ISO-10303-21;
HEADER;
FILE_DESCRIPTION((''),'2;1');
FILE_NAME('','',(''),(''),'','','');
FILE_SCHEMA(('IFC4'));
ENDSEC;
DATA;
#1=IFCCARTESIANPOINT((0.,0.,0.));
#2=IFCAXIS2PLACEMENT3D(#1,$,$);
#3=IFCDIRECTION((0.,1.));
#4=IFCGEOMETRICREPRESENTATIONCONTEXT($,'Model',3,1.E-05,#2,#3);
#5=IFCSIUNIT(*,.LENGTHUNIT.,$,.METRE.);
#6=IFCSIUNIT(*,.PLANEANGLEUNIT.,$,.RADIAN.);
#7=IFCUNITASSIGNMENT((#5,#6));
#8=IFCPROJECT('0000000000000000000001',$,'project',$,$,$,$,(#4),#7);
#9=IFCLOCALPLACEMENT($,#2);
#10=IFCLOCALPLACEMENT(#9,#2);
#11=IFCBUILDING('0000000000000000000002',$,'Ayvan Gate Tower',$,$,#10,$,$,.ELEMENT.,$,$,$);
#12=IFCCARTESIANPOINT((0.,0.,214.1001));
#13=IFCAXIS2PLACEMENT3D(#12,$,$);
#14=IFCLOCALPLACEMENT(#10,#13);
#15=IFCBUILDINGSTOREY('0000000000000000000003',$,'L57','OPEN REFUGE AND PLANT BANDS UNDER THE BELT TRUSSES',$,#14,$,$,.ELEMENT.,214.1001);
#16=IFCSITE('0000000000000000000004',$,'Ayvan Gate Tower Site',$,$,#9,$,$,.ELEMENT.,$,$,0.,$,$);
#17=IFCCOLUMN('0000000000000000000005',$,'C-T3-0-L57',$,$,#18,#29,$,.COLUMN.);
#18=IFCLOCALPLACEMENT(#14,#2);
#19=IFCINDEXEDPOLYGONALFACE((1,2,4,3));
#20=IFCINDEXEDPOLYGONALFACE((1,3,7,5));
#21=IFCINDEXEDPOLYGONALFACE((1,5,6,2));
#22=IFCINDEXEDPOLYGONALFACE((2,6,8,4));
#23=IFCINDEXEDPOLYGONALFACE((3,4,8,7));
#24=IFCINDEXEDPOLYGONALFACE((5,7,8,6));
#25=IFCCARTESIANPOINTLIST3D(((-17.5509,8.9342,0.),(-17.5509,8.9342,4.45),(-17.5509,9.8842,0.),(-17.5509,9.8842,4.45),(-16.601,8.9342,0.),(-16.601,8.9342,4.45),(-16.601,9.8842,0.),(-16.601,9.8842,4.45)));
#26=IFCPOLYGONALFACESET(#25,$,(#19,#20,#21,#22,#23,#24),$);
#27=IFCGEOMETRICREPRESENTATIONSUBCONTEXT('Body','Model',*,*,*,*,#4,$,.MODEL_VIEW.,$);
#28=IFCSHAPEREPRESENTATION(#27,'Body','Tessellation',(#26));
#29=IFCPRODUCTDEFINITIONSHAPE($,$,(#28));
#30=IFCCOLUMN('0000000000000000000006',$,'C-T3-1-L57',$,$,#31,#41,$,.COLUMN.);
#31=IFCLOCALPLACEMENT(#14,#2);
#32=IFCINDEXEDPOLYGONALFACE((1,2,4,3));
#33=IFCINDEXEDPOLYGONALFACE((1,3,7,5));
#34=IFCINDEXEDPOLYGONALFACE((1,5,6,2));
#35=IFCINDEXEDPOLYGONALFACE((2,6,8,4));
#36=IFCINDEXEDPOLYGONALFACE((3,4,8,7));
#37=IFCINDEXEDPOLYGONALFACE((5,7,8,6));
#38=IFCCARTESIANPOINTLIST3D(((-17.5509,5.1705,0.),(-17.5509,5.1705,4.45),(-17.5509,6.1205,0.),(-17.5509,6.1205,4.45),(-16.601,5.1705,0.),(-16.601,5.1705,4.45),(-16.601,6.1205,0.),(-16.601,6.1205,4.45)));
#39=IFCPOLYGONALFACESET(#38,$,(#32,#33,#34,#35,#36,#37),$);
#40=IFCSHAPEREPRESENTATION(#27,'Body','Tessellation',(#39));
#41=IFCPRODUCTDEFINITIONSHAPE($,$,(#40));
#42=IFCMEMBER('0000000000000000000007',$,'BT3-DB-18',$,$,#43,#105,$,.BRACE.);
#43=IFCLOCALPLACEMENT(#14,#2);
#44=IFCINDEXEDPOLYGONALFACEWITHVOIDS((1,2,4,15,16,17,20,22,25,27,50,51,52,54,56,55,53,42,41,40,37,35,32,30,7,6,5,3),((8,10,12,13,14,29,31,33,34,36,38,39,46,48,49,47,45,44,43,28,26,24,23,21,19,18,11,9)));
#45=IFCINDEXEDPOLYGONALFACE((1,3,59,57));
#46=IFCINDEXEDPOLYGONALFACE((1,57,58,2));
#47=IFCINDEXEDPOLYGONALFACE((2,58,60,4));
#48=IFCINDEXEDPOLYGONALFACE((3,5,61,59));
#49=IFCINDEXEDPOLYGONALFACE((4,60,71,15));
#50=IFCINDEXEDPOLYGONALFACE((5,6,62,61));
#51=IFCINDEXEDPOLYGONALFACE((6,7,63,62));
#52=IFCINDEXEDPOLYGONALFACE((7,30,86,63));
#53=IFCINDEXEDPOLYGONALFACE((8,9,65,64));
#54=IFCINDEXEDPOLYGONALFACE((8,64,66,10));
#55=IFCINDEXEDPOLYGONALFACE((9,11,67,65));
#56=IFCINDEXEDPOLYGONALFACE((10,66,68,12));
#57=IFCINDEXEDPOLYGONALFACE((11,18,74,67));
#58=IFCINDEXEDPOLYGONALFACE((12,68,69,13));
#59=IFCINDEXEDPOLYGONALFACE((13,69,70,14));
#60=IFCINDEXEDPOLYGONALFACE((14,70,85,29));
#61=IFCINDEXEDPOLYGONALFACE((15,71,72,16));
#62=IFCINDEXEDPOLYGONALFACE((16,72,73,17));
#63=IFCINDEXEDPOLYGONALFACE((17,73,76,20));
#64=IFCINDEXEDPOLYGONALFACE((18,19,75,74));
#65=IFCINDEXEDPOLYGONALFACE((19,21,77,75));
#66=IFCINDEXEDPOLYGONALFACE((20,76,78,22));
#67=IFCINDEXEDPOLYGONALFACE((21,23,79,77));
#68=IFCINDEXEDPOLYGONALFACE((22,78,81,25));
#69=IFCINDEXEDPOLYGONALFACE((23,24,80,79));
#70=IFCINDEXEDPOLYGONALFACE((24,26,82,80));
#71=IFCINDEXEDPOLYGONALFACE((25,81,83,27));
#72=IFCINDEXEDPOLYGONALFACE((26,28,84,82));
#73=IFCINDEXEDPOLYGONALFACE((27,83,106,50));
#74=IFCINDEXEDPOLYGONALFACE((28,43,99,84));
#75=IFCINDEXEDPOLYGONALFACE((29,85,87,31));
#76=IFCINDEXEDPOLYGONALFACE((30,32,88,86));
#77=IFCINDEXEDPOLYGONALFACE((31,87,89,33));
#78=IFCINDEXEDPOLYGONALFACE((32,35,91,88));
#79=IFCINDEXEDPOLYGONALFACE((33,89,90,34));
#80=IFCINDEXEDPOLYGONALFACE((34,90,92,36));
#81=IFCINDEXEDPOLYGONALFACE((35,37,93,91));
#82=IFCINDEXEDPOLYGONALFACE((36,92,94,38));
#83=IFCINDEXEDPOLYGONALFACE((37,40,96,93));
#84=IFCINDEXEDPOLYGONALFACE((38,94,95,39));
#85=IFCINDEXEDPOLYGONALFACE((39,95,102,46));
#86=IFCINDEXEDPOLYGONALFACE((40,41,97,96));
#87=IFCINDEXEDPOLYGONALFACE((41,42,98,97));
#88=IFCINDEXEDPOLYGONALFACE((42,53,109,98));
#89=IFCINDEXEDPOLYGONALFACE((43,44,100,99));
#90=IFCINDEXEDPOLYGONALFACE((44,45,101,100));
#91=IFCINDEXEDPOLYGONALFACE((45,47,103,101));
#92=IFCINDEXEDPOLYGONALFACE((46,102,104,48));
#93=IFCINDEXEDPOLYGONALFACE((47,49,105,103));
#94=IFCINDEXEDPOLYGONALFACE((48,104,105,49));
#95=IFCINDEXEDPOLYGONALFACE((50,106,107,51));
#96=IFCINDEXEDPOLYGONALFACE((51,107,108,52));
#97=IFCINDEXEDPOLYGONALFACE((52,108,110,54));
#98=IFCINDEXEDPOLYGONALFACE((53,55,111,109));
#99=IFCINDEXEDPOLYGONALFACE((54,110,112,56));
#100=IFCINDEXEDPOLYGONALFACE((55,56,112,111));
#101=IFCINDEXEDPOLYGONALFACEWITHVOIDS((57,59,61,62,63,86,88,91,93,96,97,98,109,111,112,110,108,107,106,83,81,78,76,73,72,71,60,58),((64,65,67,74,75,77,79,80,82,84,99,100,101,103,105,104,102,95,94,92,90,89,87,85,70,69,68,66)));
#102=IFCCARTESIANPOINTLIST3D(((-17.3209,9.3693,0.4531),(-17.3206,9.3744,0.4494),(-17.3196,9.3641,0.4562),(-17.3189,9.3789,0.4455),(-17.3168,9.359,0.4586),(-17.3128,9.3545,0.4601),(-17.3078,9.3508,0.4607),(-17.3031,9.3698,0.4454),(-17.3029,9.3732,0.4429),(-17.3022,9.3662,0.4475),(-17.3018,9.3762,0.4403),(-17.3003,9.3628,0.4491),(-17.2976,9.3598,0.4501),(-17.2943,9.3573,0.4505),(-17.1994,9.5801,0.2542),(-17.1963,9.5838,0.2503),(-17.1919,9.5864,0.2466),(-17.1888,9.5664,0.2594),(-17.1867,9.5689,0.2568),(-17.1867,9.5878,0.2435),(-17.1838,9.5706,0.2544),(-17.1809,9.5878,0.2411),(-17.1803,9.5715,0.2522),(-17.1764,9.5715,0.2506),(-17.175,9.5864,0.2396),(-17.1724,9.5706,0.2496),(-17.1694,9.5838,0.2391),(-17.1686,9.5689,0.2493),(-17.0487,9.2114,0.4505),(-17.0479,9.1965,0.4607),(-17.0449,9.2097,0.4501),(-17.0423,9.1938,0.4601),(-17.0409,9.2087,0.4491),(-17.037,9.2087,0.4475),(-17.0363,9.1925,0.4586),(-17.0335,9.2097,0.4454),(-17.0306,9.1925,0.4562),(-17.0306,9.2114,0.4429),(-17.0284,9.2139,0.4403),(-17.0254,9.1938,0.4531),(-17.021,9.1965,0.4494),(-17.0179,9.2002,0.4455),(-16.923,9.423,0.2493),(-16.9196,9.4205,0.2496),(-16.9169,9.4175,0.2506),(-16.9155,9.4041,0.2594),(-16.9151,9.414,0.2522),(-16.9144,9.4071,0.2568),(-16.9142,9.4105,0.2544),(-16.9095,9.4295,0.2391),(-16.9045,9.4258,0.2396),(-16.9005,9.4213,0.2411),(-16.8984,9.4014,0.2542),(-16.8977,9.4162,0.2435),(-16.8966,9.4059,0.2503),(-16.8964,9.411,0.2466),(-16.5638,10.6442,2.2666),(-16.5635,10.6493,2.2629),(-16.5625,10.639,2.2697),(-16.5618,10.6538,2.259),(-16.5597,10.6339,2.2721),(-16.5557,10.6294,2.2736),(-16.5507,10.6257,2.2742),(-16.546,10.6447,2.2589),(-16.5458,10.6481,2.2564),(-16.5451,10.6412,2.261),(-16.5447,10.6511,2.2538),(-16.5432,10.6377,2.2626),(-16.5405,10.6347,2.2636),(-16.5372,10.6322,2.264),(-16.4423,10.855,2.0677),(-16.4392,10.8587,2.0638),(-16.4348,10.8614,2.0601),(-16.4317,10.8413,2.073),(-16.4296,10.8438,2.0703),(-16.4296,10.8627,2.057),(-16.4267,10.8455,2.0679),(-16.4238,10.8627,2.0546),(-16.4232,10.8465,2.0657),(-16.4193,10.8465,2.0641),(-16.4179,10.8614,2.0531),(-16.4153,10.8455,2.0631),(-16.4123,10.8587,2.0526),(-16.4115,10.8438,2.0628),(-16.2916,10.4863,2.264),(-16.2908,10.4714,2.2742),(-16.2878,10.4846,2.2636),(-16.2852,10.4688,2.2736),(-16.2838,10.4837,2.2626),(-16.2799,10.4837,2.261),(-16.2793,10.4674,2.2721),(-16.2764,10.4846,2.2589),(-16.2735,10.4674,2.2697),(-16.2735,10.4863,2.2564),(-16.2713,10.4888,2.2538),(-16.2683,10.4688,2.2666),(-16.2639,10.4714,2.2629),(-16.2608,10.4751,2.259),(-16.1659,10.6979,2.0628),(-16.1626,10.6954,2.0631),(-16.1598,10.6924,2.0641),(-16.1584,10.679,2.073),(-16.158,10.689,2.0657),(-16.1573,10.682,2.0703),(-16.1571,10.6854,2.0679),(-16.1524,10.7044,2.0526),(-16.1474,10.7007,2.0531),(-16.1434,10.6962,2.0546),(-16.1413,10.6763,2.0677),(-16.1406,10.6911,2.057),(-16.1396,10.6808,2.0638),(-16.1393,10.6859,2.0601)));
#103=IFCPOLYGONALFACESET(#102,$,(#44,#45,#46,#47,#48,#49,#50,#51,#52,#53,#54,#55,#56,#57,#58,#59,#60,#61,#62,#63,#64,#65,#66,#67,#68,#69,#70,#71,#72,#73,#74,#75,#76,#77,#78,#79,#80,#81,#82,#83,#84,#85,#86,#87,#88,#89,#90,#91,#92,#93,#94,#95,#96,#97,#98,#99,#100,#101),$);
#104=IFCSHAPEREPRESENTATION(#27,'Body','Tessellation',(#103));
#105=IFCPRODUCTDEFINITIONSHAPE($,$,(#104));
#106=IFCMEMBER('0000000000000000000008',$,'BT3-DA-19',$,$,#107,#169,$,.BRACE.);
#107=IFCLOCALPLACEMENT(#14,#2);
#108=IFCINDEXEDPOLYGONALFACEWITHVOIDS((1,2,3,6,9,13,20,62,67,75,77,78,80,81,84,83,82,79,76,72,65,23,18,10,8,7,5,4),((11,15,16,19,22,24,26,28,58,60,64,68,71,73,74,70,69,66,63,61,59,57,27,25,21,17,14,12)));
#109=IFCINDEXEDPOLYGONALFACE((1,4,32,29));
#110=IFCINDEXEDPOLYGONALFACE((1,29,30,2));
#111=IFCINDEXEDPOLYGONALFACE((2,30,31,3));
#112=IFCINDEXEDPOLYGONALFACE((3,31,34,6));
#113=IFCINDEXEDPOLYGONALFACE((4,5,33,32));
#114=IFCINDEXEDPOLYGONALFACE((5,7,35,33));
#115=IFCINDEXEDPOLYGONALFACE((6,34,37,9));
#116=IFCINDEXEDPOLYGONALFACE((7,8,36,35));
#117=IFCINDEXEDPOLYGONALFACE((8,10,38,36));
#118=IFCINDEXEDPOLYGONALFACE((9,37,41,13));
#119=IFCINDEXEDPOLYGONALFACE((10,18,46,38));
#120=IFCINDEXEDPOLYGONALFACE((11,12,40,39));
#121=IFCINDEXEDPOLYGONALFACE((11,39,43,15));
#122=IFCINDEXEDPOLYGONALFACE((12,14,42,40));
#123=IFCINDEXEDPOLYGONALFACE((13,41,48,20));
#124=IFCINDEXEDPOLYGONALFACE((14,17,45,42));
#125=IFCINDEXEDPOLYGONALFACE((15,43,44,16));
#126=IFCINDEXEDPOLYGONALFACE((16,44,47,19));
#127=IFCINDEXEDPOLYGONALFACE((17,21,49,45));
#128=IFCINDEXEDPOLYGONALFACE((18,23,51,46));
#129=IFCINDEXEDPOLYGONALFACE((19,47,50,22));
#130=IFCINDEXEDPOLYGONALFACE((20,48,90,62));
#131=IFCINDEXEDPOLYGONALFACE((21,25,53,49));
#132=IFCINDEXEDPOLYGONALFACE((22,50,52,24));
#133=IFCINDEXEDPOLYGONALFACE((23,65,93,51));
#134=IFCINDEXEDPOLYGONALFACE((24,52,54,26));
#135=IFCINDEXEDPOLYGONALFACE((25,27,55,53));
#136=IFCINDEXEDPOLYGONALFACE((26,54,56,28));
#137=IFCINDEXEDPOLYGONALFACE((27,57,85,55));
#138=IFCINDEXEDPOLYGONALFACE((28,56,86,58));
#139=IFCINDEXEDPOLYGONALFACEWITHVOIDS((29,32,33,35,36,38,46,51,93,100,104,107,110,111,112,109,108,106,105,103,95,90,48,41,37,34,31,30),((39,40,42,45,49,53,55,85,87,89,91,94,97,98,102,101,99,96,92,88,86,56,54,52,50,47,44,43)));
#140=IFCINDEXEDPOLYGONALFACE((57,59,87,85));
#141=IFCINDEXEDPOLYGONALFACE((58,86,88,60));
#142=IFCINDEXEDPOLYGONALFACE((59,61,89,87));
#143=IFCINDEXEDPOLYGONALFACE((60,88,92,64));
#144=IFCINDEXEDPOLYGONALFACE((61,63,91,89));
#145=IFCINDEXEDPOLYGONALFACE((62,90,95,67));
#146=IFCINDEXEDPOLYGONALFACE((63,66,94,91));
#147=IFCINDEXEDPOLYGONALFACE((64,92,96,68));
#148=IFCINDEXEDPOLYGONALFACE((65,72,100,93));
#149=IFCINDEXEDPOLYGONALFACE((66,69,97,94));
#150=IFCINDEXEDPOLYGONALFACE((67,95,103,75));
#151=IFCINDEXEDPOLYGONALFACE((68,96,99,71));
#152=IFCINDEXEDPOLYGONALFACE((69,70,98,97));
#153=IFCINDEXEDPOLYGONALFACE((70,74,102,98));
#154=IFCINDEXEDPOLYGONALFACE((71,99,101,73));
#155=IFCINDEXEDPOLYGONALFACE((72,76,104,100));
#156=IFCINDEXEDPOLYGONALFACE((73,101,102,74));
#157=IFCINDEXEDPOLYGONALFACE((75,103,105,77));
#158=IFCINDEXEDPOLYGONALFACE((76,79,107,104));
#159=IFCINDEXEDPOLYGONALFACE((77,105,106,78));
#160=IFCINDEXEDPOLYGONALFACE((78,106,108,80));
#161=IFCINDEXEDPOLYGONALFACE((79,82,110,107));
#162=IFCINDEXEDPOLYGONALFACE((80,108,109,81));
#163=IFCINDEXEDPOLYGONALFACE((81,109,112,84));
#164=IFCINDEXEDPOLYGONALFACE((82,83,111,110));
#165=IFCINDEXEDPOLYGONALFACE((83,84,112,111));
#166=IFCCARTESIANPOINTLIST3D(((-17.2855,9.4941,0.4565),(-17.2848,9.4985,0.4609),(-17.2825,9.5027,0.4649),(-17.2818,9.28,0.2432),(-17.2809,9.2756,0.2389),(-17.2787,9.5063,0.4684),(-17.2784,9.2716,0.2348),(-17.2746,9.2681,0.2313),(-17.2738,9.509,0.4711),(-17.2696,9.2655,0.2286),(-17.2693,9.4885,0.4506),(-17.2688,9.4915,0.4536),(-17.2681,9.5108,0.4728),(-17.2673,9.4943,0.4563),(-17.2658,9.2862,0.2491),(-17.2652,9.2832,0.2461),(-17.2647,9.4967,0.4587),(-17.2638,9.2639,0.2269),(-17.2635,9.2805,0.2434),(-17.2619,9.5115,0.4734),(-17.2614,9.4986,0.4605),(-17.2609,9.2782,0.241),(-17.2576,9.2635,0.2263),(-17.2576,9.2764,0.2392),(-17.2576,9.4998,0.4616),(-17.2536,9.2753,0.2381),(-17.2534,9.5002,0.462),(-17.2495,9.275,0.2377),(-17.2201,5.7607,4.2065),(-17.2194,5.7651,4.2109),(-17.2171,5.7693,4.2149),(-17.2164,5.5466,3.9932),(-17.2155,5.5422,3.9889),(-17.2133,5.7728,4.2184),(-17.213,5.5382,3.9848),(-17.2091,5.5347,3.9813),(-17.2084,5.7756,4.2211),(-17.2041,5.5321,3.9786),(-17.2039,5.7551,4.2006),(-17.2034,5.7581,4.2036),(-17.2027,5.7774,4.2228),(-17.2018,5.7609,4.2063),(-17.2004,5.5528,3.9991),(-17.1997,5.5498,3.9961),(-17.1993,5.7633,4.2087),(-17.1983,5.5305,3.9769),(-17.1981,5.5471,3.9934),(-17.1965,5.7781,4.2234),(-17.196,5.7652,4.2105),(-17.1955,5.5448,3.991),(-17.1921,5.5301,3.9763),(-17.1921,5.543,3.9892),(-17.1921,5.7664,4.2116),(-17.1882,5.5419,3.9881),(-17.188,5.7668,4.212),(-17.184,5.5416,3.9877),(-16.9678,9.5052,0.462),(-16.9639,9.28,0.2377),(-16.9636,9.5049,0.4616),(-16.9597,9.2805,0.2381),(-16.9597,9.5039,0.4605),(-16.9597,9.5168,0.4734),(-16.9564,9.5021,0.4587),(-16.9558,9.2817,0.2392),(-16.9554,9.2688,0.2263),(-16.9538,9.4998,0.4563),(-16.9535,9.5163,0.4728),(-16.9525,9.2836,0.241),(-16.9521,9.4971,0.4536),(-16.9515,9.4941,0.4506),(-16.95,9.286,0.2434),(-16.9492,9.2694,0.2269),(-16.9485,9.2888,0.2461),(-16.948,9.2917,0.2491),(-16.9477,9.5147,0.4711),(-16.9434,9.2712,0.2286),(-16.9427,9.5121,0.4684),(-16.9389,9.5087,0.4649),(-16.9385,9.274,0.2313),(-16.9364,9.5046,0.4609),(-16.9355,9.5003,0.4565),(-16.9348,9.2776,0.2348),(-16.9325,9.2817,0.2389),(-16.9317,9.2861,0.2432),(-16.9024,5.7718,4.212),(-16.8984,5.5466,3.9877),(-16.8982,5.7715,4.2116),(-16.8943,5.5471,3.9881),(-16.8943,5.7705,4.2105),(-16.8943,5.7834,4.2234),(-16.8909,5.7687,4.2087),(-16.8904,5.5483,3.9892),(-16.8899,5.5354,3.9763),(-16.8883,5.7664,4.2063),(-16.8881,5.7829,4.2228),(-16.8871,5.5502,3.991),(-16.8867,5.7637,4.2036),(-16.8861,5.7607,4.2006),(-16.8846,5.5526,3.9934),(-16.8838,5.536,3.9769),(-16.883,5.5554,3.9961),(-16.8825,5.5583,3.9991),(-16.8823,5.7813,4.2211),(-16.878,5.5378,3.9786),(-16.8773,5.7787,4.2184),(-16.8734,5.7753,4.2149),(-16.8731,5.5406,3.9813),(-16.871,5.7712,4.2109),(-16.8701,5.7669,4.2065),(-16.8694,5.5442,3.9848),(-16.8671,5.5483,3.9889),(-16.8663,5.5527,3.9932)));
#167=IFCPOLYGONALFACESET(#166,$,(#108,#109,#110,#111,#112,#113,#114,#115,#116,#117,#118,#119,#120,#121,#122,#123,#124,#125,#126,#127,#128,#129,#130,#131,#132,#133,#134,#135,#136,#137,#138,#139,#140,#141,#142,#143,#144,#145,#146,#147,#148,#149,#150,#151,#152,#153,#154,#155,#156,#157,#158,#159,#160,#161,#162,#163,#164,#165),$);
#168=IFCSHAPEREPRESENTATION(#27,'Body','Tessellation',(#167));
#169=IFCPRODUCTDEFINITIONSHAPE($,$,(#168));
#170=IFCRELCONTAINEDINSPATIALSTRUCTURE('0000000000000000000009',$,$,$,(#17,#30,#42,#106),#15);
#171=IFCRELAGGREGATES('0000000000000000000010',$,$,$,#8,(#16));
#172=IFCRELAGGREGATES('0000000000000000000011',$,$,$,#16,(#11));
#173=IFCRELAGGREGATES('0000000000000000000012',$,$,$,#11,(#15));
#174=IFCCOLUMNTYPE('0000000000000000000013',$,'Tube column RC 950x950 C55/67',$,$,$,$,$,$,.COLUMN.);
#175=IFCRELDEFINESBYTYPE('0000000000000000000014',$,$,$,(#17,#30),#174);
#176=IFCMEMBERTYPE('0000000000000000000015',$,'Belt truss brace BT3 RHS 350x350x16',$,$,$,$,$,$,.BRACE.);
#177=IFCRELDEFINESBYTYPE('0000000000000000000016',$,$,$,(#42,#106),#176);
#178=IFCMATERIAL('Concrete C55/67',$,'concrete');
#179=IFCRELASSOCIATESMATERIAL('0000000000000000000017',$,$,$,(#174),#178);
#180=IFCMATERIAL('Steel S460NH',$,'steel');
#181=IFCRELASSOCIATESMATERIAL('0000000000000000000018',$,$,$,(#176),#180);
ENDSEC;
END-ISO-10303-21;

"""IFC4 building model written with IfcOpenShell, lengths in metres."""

from ifc_helpers import new_model, si_unit, direction, frame, origin, origin_2d, place, context, subcontext, project, spatial, rectangle, hollow_rectangle, extrude, material, material_profile, profile_set, type_object, element, save


model = new_model("IFC4")

# Units and contexts
model_context = context("Model", 3, precision=1e-05, world=origin(), true_north=direction((0.0, 1.0)))
body_context = subcontext(model_context, "Body", "Model", "MODEL_VIEW")
ifc_project = project(units=[si_unit("LENGTHUNIT", "METRE"), si_unit("PLANEANGLEUNIT", "RADIAN")], contexts=[model_context])

# Site, building, storey
site_placement = place(None, origin())
site = spatial("IfcSite", under=ifc_project, at=site_placement, Name="Ayvan Gate Tower Site", CompositionType="ELEMENT", RefElevation=0.0)
building_placement = place(site_placement, origin())
building = spatial("IfcBuilding", under=site, at=building_placement, Name="Ayvan Gate Tower", CompositionType="ELEMENT")
storey_placement = place(building_placement, frame((0.0, 0.0, 214.1001)))
storey = spatial("IfcBuildingStorey", under=building, at=storey_placement, Name="L57", Description="OPEN REFUGE AND PLANT BANDS UNDER THE BELT TRUSSES", CompositionType="ELEMENT", Elevation=214.1001)

# Columns
ifc_material_1 = material(Name="Concrete C55/67", Category="concrete")
ifc_material_profile_1 = material_profile(ifc_material_1, rectangle(XDim=0.95, YDim=0.95, at=origin_2d()), Name="RC 950x950")
ifc_profile_set_1 = profile_set([ifc_material_profile_1], Name="Concrete C55/67")
column_type = type_object("IfcColumnType", Name="Tube column RC 950x950 C55/67", PredefinedType="COLUMN", material=ifc_profile_set_1)
for number, where, z_axis, x_axis, name in (
    (1, (-17.0759, 9.4092, 0.0), (0.0, 0.0, 1.0), (-1.0, 0.0, 0.0), "C-T3-0-L57"),
    (2, (-17.0759, 5.6455, 0.0), (0.0, 0.0, 1.0), (-1.0, 0.0, 0.0), "C-T3-1-L57"),
):
    element("IfcColumn", number, at=place(storey_placement, frame(where, z_axis=z_axis, x_axis=x_axis)), inside=storey, type_object=column_type, Name=name, PredefinedType="COLUMN", context=body_context, shape_type="SweptSolid", body=[
        extrude(rectangle(XDim=0.95, YDim=0.95, at=origin_2d()), origin(), (0.0, 0.0, 1.0), 4.45),
    ])

# Members
ifc_material_2 = material(Name="Steel S460NH", Category="steel")
ifc_material_profile_2 = material_profile(ifc_material_2, hollow_rectangle(XDim=0.3501, YDim=0.3501, WallThickness=0.0161, InnerFilletRadius=0.0161, OuterFilletRadius=0.0239, at=origin_2d()), Name="RHS 350x350x16")
ifc_profile_set_2 = profile_set([ifc_material_profile_2], Name="Steel S460NH")
member_type_1 = type_object("IfcMemberType", Name="Belt truss brace BT3 RHS 350x350x16", PredefinedType="BRACE", material=ifc_profile_set_2)
member_1_placement = place(storey_placement, frame((-17.1086, 9.3901, 0.3499), z_axis=(0.323195, 0.544252, 0.774167), x_axis=(-0.859823, 0.510592, 0.0)))
element("IfcMember", 3, at=member_1_placement, inside=storey, type_object=member_type_1, Name="BT3-DB-18", PredefinedType="BRACE", context=body_context, shape_type="SweptSolid", body=[
    extrude(hollow_rectangle(XDim=0.3501, YDim=0.3501, WallThickness=0.0161, InnerFilletRadius=0.0161, OuterFilletRadius=0.0239, at=origin_2d()), origin(), (0.0, 0.0, 1.0), 2.3425),
])
member_2_placement = place(storey_placement, frame((-17.1086, 9.3901, 0.3499), z_axis=(0.012364, -0.705482, 0.70862), x_axis=(0.999846, 0.017523, 0.0)))
element("IfcMember", 4, at=member_2_placement, inside=storey, type_object=member_type_1, Name="BT3-DA-19", PredefinedType="BRACE", context=body_context, shape_type="SweptSolid", body=[
    extrude(hollow_rectangle(XDim=0.3501, YDim=0.3501, WallThickness=0.0161, InnerFilletRadius=0.0161, OuterFilletRadius=0.0239, at=origin_2d()), origin(), (0.0, 0.0, 1.0), 5.292),
])

save(model, "model.ifc")
